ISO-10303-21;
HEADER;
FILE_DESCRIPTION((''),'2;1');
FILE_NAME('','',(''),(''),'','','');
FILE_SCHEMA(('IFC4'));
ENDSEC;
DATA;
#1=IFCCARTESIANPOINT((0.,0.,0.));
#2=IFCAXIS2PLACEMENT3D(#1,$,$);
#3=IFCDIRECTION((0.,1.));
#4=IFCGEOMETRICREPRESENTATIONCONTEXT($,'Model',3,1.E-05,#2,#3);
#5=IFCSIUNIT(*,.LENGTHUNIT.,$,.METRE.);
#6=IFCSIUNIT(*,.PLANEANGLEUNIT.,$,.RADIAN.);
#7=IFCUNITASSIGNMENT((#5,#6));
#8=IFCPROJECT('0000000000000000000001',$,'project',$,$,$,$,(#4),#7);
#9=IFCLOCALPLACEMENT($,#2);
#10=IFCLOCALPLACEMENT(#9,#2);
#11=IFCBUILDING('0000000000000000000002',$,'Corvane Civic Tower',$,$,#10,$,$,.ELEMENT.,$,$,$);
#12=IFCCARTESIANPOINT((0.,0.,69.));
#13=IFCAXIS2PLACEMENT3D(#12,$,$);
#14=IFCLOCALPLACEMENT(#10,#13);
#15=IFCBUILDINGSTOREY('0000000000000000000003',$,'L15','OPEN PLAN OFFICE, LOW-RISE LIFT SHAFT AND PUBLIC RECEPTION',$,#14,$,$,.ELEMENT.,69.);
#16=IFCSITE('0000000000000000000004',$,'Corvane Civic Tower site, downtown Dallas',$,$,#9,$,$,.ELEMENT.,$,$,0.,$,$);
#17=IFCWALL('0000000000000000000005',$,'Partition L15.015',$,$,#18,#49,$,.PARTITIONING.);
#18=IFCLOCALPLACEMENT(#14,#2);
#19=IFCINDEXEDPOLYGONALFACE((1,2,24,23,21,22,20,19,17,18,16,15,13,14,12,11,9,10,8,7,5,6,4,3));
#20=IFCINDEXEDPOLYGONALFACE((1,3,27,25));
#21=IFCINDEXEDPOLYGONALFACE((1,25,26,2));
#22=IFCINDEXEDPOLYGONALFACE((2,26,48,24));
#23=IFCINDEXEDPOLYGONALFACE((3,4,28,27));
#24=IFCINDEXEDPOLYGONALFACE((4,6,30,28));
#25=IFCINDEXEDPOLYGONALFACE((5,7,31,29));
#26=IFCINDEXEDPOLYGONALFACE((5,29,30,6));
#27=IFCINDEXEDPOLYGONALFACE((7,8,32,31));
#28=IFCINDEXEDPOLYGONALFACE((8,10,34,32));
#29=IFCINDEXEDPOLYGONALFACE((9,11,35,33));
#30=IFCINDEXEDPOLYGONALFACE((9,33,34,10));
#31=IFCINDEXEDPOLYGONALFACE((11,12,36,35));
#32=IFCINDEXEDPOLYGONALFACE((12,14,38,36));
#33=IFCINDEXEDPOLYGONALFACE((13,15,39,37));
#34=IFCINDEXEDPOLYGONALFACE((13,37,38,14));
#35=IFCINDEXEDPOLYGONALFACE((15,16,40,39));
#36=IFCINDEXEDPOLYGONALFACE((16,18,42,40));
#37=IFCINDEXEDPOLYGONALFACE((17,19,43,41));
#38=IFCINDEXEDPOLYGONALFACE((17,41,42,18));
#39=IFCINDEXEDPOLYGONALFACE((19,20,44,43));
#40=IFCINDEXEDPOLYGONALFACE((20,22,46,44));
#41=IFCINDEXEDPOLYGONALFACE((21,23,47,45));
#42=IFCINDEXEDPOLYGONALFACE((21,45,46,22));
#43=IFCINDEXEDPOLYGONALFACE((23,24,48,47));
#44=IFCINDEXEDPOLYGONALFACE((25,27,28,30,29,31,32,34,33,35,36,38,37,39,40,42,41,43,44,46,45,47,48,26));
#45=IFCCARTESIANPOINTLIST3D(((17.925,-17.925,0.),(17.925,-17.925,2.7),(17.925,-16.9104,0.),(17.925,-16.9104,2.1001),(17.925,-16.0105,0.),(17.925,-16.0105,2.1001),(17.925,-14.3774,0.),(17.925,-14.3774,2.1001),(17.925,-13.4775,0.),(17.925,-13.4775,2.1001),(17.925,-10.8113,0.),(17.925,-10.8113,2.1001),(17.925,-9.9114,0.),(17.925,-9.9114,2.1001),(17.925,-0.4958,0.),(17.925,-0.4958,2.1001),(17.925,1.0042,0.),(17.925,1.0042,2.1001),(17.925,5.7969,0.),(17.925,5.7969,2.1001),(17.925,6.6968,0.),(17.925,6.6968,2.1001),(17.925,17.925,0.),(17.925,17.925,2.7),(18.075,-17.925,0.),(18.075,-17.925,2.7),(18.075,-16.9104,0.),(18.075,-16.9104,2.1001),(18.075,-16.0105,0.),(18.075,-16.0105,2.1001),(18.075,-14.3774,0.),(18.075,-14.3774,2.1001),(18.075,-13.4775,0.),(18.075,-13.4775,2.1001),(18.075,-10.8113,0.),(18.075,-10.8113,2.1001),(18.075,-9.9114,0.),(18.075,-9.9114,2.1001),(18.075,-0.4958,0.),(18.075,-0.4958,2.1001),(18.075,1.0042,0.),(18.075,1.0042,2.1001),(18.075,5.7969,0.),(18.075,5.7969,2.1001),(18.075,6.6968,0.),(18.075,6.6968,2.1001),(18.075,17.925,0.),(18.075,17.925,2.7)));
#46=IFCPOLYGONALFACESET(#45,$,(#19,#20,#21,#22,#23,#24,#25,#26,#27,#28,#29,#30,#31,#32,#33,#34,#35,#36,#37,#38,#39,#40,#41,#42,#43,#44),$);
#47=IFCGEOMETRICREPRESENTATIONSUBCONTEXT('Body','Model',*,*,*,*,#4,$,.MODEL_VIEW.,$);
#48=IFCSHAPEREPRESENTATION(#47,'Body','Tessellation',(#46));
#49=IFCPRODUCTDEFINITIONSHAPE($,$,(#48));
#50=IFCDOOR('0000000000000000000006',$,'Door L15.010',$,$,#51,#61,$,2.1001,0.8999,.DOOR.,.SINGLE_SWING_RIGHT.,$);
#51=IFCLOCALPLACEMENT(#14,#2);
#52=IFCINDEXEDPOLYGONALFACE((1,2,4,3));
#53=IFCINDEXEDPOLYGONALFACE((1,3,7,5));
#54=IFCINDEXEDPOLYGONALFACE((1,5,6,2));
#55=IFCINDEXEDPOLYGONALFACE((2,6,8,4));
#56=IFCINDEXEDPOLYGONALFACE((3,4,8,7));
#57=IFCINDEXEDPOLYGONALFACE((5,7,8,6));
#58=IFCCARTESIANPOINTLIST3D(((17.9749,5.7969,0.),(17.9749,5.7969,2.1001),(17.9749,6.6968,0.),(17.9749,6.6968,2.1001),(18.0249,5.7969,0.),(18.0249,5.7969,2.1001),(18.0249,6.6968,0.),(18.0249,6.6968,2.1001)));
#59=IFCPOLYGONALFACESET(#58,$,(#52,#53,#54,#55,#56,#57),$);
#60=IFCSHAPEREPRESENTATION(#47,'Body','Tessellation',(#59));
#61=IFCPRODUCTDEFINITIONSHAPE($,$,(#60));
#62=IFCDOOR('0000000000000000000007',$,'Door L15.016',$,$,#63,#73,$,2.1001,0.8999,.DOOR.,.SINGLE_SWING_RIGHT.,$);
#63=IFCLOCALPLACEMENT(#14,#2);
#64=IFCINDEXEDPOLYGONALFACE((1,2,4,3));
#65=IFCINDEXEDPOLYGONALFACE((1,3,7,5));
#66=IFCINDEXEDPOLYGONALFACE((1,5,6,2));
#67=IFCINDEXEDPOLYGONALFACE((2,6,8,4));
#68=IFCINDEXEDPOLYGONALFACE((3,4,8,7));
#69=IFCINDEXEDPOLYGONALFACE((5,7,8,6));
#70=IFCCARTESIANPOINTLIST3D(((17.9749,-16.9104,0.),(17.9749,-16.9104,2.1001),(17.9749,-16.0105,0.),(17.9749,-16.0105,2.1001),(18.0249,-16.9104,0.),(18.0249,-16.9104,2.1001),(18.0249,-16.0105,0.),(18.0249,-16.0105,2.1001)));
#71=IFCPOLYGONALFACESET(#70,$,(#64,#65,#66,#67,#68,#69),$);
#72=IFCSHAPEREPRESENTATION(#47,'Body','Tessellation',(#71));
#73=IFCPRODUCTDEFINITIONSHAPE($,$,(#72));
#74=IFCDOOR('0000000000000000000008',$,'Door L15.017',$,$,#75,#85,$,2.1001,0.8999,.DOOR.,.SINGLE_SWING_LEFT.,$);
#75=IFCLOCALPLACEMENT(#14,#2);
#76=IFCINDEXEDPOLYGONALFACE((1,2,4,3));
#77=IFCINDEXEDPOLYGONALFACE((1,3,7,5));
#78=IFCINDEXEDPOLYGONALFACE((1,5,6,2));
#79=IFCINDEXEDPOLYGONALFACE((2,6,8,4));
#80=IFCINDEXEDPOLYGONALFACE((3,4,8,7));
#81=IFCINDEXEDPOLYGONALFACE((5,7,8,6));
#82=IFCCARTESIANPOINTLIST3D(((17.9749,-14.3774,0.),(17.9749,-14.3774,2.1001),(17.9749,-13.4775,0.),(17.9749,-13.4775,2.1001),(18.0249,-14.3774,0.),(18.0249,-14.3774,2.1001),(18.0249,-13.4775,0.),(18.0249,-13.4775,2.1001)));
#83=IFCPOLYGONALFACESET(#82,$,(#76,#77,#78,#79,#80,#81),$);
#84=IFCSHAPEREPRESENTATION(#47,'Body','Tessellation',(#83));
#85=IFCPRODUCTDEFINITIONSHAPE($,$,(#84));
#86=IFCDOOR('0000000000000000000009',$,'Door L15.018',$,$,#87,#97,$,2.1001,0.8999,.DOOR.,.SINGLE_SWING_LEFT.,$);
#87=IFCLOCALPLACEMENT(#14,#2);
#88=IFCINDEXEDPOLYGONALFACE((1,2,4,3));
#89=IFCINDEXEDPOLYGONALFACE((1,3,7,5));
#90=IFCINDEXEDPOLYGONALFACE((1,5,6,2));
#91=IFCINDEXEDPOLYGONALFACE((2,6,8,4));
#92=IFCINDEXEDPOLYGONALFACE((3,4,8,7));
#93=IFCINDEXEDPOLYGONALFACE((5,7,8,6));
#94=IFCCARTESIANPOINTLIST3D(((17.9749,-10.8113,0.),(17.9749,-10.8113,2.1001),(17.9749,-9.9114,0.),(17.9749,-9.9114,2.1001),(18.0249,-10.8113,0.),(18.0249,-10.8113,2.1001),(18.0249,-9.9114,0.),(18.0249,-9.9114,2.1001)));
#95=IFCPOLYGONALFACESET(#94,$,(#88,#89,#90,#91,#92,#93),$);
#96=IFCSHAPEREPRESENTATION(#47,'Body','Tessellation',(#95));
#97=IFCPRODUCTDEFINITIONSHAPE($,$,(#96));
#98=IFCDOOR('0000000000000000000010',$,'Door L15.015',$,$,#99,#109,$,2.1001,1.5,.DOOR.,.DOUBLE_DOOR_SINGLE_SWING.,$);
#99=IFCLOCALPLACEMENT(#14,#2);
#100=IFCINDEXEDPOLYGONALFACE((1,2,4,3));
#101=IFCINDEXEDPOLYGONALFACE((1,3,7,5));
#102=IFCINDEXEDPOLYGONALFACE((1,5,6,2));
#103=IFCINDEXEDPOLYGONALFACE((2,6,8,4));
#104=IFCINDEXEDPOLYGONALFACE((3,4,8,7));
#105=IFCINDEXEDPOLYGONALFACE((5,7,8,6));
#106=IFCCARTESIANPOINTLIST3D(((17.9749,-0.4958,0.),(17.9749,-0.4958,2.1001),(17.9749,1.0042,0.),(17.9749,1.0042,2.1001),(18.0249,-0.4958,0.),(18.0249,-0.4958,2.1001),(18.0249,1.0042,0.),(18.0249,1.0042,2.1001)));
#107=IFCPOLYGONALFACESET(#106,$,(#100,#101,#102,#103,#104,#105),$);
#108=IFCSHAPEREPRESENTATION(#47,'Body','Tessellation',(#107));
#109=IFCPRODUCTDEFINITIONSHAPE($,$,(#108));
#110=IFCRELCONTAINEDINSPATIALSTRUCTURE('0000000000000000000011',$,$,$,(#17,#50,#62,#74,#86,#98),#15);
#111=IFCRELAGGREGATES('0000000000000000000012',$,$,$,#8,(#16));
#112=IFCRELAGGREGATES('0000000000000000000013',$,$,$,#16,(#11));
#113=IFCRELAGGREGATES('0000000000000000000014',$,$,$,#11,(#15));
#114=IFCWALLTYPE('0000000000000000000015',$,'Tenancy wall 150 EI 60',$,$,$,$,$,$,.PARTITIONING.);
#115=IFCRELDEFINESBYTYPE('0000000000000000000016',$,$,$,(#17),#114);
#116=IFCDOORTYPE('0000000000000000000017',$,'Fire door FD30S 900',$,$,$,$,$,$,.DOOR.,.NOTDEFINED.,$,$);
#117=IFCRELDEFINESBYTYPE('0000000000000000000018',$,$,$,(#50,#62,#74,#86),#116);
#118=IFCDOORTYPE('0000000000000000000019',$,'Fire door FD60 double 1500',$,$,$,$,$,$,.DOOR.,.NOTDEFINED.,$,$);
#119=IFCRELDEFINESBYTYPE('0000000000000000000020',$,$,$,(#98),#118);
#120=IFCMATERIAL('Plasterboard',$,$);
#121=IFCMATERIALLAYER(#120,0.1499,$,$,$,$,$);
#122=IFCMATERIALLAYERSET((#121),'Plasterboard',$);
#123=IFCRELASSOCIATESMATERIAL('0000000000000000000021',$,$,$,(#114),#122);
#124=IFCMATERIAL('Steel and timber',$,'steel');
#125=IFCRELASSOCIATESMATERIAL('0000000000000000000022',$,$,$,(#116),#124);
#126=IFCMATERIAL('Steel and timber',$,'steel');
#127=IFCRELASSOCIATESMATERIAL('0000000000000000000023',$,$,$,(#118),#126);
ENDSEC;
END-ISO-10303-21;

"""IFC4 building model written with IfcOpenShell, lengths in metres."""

from ifc_helpers import new_model, si_unit, direction, frame, frame_2d, origin, place, context, subcontext, project, spatial, rectangle, extrude, material, layer, layer_set, type_object, element, fill, save


model = new_model("IFC4")

# Units and contexts
model_context = context("Model", 3, precision=1e-05, world=origin(), true_north=direction((0.0, 1.0)))
body_context = subcontext(model_context, "Body", "Model", "MODEL_VIEW")
ifc_project = project(units=[si_unit("LENGTHUNIT", "METRE"), si_unit("PLANEANGLEUNIT", "RADIAN")], contexts=[model_context])

# Site, building, storey
site_placement = place(None, origin())
site = spatial("IfcSite", under=ifc_project, at=site_placement, Name="Corvane Civic Tower site, downtown Dallas", CompositionType="ELEMENT", RefElevation=0.0)
building_placement = place(site_placement, origin())
building = spatial("IfcBuilding", under=site, at=building_placement, Name="Corvane Civic Tower", CompositionType="ELEMENT")
storey_placement = place(building_placement, frame((0.0, 0.0, 69.0)))
storey = spatial("IfcBuildingStorey", under=building, at=storey_placement, Name="L15", Description="OPEN PLAN OFFICE, LOW-RISE LIFT SHAFT AND PUBLIC RECEPTION", CompositionType="ELEMENT", Elevation=69.0)

# Wall, openings, doors
ifc_material_1 = material(Name="Plasterboard")
ifc_layer_1 = layer(ifc_material_1, 0.1499)
ifc_layer_set_1 = layer_set([ifc_layer_1], Name="Plasterboard")
wall_type_1 = type_object("IfcWallType", Name="Tenancy wall 150 EI 60", PredefinedType="PARTITIONING", material=ifc_layer_set_1)
wall_1_placement = place(storey_placement, frame((18.0, -17.925, 0.0), z_axis=(0.0, 0.0, 1.0), x_axis=(0.0, 1.0, 0.0)))
wall_1 = element("IfcWall", 1, at=wall_1_placement, inside=storey, type_object=wall_type_1, Name="Partition L15.015", PredefinedType="PARTITIONING", context=body_context, shape_type="SweptSolid", body=[
    extrude(rectangle(XDim=35.8501, YDim=0.1499, at=frame_2d((17.925, 0.0))), origin(), (0.0, 0.0, 1.0), 2.7),
])
opening_1_placement = place(wall_1_placement, frame((23.7219, 0.0, 0.0)))
opening_1 = element("IfcOpeningElement", 2, at=opening_1_placement, cuts=wall_1, PredefinedType="OPENING", context=body_context, shape_type="SweptSolid", body=[
    extrude(rectangle(XDim=0.8999, YDim=2.1001, at=frame_2d((0.45, 1.05))), frame((0.0, 0.085, 0.0), z_axis=(0.0, -1.0, 0.0), x_axis=(1.0, 0.0, 0.0)), (0.0, 0.0, 1.0), 0.1699),
])
opening_2_placement = place(wall_1_placement, frame((17.4292, 0.0, 0.0)))
opening_2 = element("IfcOpeningElement", 3, at=opening_2_placement, cuts=wall_1, PredefinedType="OPENING", context=body_context, shape_type="SweptSolid", body=[
    extrude(rectangle(XDim=1.5, YDim=2.1001, at=frame_2d((0.75, 1.05))), frame((0.0, 0.085, 0.0), z_axis=(0.0, -1.0, 0.0), x_axis=(1.0, 0.0, 0.0)), (0.0, 0.0, 1.0), 0.1699),
])
opening_3_placement = place(wall_1_placement, frame((1.0146, 0.0, 0.0)))
opening_3 = element("IfcOpeningElement", 4, at=opening_3_placement, cuts=wall_1, PredefinedType="OPENING", context=body_context, shape_type="SweptSolid", body=[
    extrude(rectangle(XDim=0.8999, YDim=2.1001, at=frame_2d((0.45, 1.05))), frame((0.0, 0.085, 0.0), z_axis=(0.0, -1.0, 0.0), x_axis=(1.0, 0.0, 0.0)), (0.0, 0.0, 1.0), 0.1699),
])
opening_4_placement = place(wall_1_placement, frame((3.5476, 0.0, 0.0)))
opening_4 = element("IfcOpeningElement", 5, at=opening_4_placement, cuts=wall_1, PredefinedType="OPENING", context=body_context, shape_type="SweptSolid", body=[
    extrude(rectangle(XDim=0.8999, YDim=2.1001, at=frame_2d((0.45, 1.05))), frame((0.0, 0.085, 0.0), z_axis=(0.0, -1.0, 0.0), x_axis=(1.0, 0.0, 0.0)), (0.0, 0.0, 1.0), 0.1699),
])
opening_5_placement = place(wall_1_placement, frame((7.1138, 0.0, 0.0)))
opening_5 = element("IfcOpeningElement", 6, at=opening_5_placement, cuts=wall_1, PredefinedType="OPENING", context=body_context, shape_type="SweptSolid", body=[
    extrude(rectangle(XDim=0.8999, YDim=2.1001, at=frame_2d((0.45, 1.05))), frame((0.0, 0.085, 0.0), z_axis=(0.0, -1.0, 0.0), x_axis=(1.0, 0.0, 0.0)), (0.0, 0.0, 1.0), 0.1699),
])
ifc_material_2 = material(Name="Steel and timber", Category="steel")
door_type_1 = type_object("IfcDoorType", Name="Fire door FD30S 900", OperationType="NOTDEFINED", PredefinedType="DOOR", material=ifc_material_2)
door_1_placement = place(opening_1_placement, frame((0.8999, 0.0, 0.0), z_axis=(0.0, 0.0, 1.0), x_axis=(-1.0, 0.0, 0.0)))
door_1 = element("IfcDoor", 7, at=door_1_placement, inside=storey, type_object=door_type_1, Name="Door L15.010", OperationType="SINGLE_SWING_RIGHT", OverallHeight=2.1001, OverallWidth=0.8999, PredefinedType="DOOR", context=body_context, shape_type="SweptSolid", body=[
    extrude(rectangle(XDim=0.8999, YDim=2.1001, at=frame_2d((0.45, 1.05))), frame((0.0, 0.0249, 0.0), z_axis=(0.0, -1.0, 0.0), x_axis=(1.0, 0.0, 0.0)), (0.0, 0.0, 1.0), 0.05),
])
fill(opening_1, door_1)
door_2_placement = place(opening_3_placement, frame((0.8999, 0.0, 0.0), z_axis=(0.0, 0.0, 1.0), x_axis=(-1.0, 0.0, 0.0)))
door_2 = element("IfcDoor", 8, at=door_2_placement, inside=storey, type_object=door_type_1, Name="Door L15.016", OperationType="SINGLE_SWING_RIGHT", OverallHeight=2.1001, OverallWidth=0.8999, PredefinedType="DOOR", context=body_context, shape_type="SweptSolid", body=[
    extrude(rectangle(XDim=0.8999, YDim=2.1001, at=frame_2d((0.45, 1.05))), frame((0.0, 0.0249, 0.0), z_axis=(0.0, -1.0, 0.0), x_axis=(1.0, 0.0, 0.0)), (0.0, 0.0, 1.0), 0.05),
])
fill(opening_3, door_2)
door_3_placement = place(opening_4_placement, frame((0.8999, 0.0, 0.0), z_axis=(0.0, 0.0, 1.0), x_axis=(-1.0, 0.0, 0.0)))
door_3 = element("IfcDoor", 9, at=door_3_placement, inside=storey, type_object=door_type_1, Name="Door L15.017", OperationType="SINGLE_SWING_LEFT", OverallHeight=2.1001, OverallWidth=0.8999, PredefinedType="DOOR", context=body_context, shape_type="SweptSolid", body=[
    extrude(rectangle(XDim=0.8999, YDim=2.1001, at=frame_2d((0.45, 1.05))), frame((0.0, 0.0249, 0.0), z_axis=(0.0, -1.0, 0.0), x_axis=(1.0, 0.0, 0.0)), (0.0, 0.0, 1.0), 0.05),
])
fill(opening_4, door_3)
door_4_placement = place(opening_5_placement, frame((0.8999, 0.0, 0.0), z_axis=(0.0, 0.0, 1.0), x_axis=(-1.0, 0.0, 0.0)))
door_4 = element("IfcDoor", 10, at=door_4_placement, inside=storey, type_object=door_type_1, Name="Door L15.018", OperationType="SINGLE_SWING_LEFT", OverallHeight=2.1001, OverallWidth=0.8999, PredefinedType="DOOR", context=body_context, shape_type="SweptSolid", body=[
    extrude(rectangle(XDim=0.8999, YDim=2.1001, at=frame_2d((0.45, 1.05))), frame((0.0, 0.0249, 0.0), z_axis=(0.0, -1.0, 0.0), x_axis=(1.0, 0.0, 0.0)), (0.0, 0.0, 1.0), 0.05),
])
fill(opening_5, door_4)
ifc_material_3 = material(Name="Steel and timber", Category="steel")
door_type_2 = type_object("IfcDoorType", Name="Fire door FD60 double 1500", OperationType="NOTDEFINED", PredefinedType="DOOR", material=ifc_material_3)
door_5_placement = place(opening_2_placement, frame((1.5, 0.0, 0.0), z_axis=(0.0, 0.0, 1.0), x_axis=(-1.0, 0.0, 0.0)))
door_5 = element("IfcDoor", 11, at=door_5_placement, inside=storey, type_object=door_type_2, Name="Door L15.015", OperationType="DOUBLE_DOOR_SINGLE_SWING", OverallHeight=2.1001, OverallWidth=1.5, PredefinedType="DOOR", context=body_context, shape_type="SweptSolid", body=[
    extrude(rectangle(XDim=1.5, YDim=2.1001, at=frame_2d((0.75, 1.05))), frame((0.0, 0.0249, 0.0), z_axis=(0.0, -1.0, 0.0), x_axis=(1.0, 0.0, 0.0)), (0.0, 0.0, 1.0), 0.05),
])
fill(opening_2, door_5)

save(model, "model.ifc")
